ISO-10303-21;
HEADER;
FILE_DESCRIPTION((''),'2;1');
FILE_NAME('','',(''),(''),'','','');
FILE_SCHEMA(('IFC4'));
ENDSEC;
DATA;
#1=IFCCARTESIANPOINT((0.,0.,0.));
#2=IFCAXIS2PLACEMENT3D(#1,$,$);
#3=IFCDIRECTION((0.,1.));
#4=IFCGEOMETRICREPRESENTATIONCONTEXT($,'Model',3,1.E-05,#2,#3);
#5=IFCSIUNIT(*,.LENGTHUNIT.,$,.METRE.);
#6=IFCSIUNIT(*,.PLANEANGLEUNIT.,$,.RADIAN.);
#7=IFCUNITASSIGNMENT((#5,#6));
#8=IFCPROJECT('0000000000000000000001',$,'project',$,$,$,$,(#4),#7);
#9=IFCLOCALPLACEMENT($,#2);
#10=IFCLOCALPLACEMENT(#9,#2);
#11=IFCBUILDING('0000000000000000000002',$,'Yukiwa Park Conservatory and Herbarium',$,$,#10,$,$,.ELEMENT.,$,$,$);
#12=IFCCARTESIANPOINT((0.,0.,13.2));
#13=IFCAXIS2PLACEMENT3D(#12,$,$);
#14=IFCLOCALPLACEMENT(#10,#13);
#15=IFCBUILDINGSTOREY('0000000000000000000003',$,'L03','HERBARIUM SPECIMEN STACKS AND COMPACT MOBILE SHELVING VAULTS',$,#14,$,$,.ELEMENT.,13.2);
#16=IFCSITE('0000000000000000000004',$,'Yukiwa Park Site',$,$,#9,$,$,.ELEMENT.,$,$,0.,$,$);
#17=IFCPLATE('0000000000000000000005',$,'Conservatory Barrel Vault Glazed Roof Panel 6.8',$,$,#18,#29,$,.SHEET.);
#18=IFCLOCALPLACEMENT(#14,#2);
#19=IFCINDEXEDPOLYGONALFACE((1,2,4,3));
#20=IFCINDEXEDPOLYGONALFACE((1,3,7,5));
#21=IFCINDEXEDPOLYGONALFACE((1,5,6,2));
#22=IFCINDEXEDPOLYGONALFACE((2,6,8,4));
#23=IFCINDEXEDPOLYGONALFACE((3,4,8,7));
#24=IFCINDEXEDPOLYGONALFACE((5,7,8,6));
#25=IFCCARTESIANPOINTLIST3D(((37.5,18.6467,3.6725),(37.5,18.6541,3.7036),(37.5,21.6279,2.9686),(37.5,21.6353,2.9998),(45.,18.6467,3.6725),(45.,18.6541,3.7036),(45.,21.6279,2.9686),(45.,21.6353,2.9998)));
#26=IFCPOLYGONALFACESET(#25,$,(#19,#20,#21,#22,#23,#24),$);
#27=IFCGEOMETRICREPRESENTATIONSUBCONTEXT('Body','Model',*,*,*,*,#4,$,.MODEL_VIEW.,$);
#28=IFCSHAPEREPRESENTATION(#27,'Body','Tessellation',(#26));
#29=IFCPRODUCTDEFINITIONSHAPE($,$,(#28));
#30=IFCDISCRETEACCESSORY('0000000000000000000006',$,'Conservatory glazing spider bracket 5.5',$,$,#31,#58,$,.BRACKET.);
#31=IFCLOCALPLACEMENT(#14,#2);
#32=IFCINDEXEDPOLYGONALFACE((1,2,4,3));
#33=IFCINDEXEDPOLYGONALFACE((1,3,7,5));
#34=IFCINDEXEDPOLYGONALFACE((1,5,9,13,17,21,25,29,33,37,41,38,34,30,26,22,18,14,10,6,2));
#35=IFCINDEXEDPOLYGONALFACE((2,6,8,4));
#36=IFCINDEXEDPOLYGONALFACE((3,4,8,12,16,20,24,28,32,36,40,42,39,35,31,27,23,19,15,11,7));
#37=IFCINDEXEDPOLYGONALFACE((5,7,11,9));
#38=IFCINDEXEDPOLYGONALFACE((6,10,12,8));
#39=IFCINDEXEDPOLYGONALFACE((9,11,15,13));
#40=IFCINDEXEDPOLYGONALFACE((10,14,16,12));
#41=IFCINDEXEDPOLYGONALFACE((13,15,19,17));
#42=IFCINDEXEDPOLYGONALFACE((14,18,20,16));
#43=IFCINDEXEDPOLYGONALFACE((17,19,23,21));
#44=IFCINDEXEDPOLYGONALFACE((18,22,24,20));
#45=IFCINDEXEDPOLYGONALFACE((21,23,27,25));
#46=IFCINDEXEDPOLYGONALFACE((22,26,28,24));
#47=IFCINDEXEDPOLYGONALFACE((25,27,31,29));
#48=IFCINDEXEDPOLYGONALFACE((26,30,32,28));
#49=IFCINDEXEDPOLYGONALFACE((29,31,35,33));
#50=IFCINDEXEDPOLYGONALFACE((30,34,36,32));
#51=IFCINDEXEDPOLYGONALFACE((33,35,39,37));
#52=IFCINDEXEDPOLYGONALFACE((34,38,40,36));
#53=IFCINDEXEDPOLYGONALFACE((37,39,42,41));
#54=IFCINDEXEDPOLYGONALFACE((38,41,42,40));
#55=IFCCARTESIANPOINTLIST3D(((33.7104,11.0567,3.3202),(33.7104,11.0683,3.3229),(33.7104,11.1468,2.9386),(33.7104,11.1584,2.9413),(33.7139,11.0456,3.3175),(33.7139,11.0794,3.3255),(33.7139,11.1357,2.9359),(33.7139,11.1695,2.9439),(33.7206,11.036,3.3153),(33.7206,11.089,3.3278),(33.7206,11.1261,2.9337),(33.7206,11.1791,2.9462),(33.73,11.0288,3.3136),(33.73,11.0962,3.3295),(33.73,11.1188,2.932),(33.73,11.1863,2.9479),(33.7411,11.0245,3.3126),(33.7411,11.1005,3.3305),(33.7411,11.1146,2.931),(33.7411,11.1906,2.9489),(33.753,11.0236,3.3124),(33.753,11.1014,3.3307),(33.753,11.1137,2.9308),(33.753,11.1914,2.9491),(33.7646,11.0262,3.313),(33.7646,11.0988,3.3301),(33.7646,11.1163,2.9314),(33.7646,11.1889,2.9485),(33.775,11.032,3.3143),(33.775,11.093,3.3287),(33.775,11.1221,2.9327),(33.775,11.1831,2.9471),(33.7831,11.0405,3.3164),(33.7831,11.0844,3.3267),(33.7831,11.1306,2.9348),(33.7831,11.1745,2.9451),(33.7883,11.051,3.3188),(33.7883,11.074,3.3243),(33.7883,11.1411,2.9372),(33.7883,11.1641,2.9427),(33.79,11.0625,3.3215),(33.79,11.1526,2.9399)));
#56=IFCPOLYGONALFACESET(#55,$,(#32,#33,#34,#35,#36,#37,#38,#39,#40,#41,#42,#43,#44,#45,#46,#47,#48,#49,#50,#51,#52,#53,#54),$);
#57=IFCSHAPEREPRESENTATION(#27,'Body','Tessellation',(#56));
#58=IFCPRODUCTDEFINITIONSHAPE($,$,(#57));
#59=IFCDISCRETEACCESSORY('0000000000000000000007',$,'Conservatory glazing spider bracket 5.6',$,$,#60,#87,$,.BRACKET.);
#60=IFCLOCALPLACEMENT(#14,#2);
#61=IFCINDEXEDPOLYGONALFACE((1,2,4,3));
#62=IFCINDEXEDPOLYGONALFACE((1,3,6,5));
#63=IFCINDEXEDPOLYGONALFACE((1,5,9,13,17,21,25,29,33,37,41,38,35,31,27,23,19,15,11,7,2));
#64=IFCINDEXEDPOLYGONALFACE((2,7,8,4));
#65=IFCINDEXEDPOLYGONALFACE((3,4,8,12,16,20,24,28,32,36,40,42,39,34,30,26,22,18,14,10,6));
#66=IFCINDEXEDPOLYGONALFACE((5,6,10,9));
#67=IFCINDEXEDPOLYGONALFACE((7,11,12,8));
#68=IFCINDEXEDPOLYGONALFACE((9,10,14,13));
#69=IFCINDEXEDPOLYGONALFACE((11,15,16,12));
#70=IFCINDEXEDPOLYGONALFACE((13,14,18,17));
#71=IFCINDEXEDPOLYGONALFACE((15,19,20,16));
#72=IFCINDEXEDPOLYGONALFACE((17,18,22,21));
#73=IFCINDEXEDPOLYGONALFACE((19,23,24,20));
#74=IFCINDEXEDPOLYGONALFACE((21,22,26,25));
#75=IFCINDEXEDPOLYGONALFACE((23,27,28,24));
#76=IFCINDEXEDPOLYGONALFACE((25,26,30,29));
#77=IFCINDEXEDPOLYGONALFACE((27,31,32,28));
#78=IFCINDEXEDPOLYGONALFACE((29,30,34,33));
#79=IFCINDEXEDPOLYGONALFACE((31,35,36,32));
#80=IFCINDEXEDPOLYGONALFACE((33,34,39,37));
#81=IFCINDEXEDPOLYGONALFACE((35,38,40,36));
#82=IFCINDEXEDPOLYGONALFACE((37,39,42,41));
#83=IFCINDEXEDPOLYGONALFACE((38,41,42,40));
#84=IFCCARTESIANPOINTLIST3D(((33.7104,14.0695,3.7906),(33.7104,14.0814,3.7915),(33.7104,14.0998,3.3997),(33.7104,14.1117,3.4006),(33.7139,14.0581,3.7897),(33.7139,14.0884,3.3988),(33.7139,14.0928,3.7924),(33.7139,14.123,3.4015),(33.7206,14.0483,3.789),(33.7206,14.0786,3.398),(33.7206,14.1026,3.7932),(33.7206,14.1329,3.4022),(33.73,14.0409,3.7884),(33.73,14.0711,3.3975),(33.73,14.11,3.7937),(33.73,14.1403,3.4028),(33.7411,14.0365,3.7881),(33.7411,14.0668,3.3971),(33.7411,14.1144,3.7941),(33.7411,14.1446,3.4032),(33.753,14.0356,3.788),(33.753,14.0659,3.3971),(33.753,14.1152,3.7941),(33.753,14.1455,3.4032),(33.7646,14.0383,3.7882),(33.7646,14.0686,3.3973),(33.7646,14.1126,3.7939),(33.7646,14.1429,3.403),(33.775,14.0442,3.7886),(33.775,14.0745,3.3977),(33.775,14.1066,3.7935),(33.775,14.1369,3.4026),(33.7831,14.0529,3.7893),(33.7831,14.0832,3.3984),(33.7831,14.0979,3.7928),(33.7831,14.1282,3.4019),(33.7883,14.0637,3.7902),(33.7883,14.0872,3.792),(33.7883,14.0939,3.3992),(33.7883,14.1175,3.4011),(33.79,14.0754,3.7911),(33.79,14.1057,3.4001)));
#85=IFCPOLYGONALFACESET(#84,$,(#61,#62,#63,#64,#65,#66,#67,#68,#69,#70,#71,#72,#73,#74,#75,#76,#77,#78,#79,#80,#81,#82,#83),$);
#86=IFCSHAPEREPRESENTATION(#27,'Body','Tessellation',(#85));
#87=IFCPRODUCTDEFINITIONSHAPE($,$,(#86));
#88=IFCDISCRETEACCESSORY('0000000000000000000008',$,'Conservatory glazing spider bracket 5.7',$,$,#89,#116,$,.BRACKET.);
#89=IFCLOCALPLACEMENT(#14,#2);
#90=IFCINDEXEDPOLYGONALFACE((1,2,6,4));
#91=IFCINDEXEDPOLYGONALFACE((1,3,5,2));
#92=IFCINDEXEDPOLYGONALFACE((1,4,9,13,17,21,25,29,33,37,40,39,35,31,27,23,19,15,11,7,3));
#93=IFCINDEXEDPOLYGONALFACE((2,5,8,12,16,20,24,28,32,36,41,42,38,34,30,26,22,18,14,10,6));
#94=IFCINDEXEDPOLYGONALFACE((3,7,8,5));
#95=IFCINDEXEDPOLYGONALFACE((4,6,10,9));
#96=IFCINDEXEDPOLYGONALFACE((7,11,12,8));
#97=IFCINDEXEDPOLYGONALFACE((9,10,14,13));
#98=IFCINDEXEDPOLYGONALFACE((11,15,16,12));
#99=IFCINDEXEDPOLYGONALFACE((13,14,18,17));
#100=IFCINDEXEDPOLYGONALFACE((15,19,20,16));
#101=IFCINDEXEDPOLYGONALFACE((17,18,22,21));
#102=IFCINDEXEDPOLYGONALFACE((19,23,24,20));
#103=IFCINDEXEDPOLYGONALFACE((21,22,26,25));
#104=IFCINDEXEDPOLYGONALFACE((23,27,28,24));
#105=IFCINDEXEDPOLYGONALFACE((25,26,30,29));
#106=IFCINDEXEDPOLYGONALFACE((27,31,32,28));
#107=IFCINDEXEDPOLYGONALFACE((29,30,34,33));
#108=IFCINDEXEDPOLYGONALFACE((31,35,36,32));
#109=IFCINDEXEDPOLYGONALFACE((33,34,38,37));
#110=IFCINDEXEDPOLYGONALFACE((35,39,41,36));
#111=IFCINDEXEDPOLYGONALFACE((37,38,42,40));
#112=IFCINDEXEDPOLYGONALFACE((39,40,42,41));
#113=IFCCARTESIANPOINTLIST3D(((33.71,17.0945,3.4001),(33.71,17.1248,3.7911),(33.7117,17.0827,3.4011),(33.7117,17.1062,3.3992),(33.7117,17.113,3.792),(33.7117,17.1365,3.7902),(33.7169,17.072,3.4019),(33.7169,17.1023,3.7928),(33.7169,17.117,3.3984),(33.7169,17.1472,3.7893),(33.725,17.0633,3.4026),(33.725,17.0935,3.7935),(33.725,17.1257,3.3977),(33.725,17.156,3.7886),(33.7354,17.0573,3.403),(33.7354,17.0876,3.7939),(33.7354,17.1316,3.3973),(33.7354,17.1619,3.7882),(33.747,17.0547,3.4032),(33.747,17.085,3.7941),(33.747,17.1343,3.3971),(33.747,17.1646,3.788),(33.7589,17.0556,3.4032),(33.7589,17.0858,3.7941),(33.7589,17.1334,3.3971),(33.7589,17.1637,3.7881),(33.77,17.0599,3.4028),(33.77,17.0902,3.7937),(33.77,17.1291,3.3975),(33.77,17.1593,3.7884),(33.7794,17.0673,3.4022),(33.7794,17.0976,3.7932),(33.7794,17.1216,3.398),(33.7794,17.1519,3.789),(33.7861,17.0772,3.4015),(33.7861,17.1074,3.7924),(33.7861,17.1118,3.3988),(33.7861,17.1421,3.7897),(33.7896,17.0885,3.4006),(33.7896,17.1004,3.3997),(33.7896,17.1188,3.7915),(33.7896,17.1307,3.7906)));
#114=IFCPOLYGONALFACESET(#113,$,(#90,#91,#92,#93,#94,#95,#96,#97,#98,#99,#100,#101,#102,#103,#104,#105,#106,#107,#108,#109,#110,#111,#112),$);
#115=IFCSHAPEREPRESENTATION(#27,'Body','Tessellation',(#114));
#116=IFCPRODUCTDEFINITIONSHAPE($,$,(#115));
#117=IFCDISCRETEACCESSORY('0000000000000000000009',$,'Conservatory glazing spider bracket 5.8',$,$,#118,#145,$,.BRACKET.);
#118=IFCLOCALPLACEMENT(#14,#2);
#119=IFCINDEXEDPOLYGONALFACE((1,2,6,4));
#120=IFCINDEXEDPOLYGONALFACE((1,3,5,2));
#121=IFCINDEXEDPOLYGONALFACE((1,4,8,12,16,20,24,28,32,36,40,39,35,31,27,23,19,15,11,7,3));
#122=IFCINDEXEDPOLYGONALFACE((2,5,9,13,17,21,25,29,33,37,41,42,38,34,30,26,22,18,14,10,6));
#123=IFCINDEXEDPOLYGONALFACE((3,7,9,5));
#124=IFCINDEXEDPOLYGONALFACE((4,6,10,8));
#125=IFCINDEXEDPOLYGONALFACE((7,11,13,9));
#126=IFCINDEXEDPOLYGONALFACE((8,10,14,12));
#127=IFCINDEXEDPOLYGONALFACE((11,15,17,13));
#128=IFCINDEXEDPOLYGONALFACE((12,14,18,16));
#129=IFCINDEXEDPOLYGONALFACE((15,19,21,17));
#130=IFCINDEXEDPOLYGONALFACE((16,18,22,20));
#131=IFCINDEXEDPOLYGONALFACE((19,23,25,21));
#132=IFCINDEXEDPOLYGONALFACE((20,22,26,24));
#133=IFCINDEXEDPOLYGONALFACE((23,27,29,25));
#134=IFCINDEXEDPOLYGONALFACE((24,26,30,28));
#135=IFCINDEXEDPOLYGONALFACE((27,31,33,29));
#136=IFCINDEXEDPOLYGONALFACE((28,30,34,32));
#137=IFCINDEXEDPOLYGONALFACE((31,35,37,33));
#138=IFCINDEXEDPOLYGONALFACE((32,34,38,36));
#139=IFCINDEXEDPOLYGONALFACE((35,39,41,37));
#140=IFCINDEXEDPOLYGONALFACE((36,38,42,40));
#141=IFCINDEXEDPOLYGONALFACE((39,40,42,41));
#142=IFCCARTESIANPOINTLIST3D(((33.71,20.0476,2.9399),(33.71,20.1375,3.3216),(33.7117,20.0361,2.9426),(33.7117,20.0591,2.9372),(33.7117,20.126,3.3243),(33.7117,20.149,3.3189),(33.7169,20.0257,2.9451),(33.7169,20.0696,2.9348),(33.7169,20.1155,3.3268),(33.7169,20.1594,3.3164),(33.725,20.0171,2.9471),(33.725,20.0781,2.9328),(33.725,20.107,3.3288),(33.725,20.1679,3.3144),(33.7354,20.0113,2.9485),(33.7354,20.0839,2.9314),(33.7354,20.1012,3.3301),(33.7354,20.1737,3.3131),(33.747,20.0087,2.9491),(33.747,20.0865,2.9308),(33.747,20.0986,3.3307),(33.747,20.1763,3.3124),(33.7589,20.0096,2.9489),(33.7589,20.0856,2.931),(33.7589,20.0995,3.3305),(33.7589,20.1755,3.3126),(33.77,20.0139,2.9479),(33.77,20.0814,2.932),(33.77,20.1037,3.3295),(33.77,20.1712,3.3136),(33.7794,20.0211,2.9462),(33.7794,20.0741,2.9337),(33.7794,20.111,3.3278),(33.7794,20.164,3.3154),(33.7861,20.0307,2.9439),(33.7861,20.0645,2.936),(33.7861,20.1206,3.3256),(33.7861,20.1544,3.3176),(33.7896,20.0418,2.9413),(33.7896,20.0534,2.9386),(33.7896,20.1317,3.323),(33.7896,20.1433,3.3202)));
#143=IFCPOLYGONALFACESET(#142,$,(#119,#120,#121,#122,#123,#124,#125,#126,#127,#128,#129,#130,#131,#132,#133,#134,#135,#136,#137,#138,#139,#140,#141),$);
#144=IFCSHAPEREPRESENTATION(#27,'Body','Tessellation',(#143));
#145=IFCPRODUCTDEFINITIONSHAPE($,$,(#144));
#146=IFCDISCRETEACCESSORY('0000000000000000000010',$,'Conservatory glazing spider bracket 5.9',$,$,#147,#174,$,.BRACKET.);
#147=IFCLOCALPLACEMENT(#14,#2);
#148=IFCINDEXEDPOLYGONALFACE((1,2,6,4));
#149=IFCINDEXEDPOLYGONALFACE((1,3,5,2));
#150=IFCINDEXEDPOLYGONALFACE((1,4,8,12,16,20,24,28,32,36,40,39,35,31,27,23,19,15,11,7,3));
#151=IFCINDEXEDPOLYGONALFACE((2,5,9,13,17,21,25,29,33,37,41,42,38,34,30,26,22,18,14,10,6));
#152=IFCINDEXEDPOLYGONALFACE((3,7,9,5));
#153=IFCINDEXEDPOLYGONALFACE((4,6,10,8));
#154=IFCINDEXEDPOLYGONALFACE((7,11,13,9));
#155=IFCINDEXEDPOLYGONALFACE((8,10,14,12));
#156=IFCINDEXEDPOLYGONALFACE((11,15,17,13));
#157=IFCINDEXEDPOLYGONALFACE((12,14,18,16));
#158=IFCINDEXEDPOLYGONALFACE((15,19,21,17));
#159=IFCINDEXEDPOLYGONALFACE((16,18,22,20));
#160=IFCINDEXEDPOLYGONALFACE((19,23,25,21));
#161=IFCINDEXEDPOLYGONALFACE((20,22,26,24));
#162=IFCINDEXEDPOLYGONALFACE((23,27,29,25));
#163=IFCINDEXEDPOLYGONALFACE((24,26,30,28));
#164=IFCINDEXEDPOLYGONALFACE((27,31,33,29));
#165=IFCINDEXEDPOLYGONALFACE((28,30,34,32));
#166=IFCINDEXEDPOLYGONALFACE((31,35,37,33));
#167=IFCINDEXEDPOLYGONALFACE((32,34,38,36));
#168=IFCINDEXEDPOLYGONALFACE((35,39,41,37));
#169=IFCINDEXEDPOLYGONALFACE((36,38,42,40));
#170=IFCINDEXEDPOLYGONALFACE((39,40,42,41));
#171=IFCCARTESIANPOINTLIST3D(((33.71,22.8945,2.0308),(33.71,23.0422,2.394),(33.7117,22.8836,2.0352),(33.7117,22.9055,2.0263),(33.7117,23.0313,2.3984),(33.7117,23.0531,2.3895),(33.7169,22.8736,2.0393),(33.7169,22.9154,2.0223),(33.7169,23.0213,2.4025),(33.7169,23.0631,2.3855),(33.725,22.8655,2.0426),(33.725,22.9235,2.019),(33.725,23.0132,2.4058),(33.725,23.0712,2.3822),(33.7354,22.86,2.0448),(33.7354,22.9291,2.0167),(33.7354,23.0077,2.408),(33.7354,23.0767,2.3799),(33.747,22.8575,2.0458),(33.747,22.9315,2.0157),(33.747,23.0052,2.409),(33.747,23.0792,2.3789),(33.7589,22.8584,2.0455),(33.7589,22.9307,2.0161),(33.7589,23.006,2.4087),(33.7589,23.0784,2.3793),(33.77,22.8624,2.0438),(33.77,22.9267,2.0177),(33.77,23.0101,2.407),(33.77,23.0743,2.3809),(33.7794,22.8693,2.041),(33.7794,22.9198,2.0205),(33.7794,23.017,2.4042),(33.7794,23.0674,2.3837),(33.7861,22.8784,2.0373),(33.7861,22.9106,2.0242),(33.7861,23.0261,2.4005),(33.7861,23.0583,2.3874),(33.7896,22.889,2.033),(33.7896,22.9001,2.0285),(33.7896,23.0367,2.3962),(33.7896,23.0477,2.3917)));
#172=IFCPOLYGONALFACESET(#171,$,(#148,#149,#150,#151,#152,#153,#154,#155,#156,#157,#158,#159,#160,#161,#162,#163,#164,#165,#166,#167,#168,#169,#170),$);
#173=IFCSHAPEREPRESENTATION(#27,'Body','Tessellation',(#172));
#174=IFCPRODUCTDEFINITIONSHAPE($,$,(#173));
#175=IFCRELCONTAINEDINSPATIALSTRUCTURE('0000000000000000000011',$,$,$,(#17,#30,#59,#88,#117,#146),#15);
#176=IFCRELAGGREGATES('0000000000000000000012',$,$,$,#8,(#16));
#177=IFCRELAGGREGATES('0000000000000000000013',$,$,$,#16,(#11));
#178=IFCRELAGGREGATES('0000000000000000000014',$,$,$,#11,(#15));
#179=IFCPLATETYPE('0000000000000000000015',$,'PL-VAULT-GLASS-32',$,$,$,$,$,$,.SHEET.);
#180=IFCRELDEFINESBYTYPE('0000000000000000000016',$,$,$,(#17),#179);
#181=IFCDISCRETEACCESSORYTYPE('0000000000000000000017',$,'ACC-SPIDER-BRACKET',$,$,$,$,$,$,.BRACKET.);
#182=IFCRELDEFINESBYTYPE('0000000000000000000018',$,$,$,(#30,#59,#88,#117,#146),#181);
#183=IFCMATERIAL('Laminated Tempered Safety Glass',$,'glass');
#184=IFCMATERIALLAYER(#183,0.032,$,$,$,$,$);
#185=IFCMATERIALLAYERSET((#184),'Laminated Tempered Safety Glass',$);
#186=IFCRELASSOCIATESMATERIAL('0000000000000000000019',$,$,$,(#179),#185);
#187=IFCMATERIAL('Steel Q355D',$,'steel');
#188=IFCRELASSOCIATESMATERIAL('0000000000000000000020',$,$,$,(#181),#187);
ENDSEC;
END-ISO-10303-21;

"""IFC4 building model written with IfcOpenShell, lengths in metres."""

from ifc_helpers import new_model, si_unit, direction, frame, origin, origin_2d, place, context, subcontext, project, spatial, polyline, circle, outline, extrude, material, layer, layer_set, type_object, element, save


model = new_model("IFC4")

# Units and contexts
model_context = context("Model", 3, precision=1e-05, world=origin(), true_north=direction((0.0, 1.0)))
body_context = subcontext(model_context, "Body", "Model", "MODEL_VIEW")
ifc_project = project(units=[si_unit("LENGTHUNIT", "METRE"), si_unit("PLANEANGLEUNIT", "RADIAN")], contexts=[model_context])

# Site, building, storey
site_placement = place(None, origin())
site = spatial("IfcSite", under=ifc_project, at=site_placement, Name="Yukiwa Park Site", CompositionType="ELEMENT", RefElevation=0.0)
building_placement = place(site_placement, origin())
building = spatial("IfcBuilding", under=site, at=building_placement, Name="Yukiwa Park Conservatory and Herbarium", CompositionType="ELEMENT")
storey_placement = place(building_placement, frame((0.0, 0.0, 13.2)))
storey = spatial("IfcBuildingStorey", under=building, at=storey_placement, Name="L03", Description="HERBARIUM SPECIMEN STACKS AND COMPACT MOBILE SHELVING VAULTS", CompositionType="ELEMENT", Elevation=13.2)

# Plate
ifc_material_1 = material(Name="Laminated Tempered Safety Glass", Category="glass")
ifc_layer_1 = layer(ifc_material_1, 0.032)
ifc_layer_set_1 = layer_set([ifc_layer_1], Name="Laminated Tempered Safety Glass")
plate_type_1 = type_object("IfcPlateType", Name="PL-VAULT-GLASS-32", PredefinedType="SHEET", material=ifc_layer_set_1)
plate_1_placement = place(storey_placement, frame((37.5, 18.6541, 3.7036), z_axis=(0.0, 0.229781, 0.973242), x_axis=(1.0, 0.0, 0.0)))
element("IfcPlate", 1, at=plate_1_placement, inside=storey, type_object=plate_type_1, Name="Conservatory Barrel Vault Glazed Roof Panel 6.8", PredefinedType="SHEET", context=body_context, shape_type="SweptSolid", body=[
    extrude(outline(polyline([(0.0, 0.0), (7.5, 0.0), (7.5, 3.0632), (0.0, 3.0632), (0.0, 0.0)])), origin(), (0.0, 0.0, -1.0), 0.032),
])

# Discrete accessories
ifc_material_2 = material(Name="Steel Q355D", Category="steel")
discrete_accessory_type = type_object("IfcDiscreteAccessoryType", Name="ACC-SPIDER-BRACKET", PredefinedType="BRACKET", material=ifc_material_2)
for number, where, z_axis, x_axis, name in (
    (2, (33.75, 11.1526, 2.9399), (0.0, -0.229768, 0.973245), (1.0, 0.0, 0.0), "Conservatory glazing spider bracket 5.5"),
    (3, (33.75, 14.1057, 3.4001), (0.0, -0.07722, 0.997014), (1.0, 0.0, 0.0), "Conservatory glazing spider bracket 5.6"),
    (4, (33.75, 17.0945, 3.4001), (0.0, 0.07722, 0.997014), (-1.0, 0.0, 0.0), "Conservatory glazing spider bracket 5.7"),
    (5, (33.75, 20.0476, 2.9399), (0.0, 0.229178, 0.973384), (-1.0, 0.0, 0.0), "Conservatory glazing spider bracket 5.8"),
    (6, (33.75, 22.8945, 2.0308), (0.0, 0.376644, 0.926358), (-1.0, 0.0, 0.0), "Conservatory glazing spider bracket 5.9"),
):
    element("IfcDiscreteAccessory", number, at=place(storey_placement, frame(where, z_axis=z_axis, x_axis=x_axis)), inside=storey, type_object=discrete_accessory_type, Name=name, PredefinedType="BRACKET", context=body_context, shape_type="SweptSolid", body=[
        extrude(circle(Radius=0.04, at=origin_2d()), origin(), (0.0, 0.0, 1.0), 0.3921),
    ])

save(model, "model.ifc")
